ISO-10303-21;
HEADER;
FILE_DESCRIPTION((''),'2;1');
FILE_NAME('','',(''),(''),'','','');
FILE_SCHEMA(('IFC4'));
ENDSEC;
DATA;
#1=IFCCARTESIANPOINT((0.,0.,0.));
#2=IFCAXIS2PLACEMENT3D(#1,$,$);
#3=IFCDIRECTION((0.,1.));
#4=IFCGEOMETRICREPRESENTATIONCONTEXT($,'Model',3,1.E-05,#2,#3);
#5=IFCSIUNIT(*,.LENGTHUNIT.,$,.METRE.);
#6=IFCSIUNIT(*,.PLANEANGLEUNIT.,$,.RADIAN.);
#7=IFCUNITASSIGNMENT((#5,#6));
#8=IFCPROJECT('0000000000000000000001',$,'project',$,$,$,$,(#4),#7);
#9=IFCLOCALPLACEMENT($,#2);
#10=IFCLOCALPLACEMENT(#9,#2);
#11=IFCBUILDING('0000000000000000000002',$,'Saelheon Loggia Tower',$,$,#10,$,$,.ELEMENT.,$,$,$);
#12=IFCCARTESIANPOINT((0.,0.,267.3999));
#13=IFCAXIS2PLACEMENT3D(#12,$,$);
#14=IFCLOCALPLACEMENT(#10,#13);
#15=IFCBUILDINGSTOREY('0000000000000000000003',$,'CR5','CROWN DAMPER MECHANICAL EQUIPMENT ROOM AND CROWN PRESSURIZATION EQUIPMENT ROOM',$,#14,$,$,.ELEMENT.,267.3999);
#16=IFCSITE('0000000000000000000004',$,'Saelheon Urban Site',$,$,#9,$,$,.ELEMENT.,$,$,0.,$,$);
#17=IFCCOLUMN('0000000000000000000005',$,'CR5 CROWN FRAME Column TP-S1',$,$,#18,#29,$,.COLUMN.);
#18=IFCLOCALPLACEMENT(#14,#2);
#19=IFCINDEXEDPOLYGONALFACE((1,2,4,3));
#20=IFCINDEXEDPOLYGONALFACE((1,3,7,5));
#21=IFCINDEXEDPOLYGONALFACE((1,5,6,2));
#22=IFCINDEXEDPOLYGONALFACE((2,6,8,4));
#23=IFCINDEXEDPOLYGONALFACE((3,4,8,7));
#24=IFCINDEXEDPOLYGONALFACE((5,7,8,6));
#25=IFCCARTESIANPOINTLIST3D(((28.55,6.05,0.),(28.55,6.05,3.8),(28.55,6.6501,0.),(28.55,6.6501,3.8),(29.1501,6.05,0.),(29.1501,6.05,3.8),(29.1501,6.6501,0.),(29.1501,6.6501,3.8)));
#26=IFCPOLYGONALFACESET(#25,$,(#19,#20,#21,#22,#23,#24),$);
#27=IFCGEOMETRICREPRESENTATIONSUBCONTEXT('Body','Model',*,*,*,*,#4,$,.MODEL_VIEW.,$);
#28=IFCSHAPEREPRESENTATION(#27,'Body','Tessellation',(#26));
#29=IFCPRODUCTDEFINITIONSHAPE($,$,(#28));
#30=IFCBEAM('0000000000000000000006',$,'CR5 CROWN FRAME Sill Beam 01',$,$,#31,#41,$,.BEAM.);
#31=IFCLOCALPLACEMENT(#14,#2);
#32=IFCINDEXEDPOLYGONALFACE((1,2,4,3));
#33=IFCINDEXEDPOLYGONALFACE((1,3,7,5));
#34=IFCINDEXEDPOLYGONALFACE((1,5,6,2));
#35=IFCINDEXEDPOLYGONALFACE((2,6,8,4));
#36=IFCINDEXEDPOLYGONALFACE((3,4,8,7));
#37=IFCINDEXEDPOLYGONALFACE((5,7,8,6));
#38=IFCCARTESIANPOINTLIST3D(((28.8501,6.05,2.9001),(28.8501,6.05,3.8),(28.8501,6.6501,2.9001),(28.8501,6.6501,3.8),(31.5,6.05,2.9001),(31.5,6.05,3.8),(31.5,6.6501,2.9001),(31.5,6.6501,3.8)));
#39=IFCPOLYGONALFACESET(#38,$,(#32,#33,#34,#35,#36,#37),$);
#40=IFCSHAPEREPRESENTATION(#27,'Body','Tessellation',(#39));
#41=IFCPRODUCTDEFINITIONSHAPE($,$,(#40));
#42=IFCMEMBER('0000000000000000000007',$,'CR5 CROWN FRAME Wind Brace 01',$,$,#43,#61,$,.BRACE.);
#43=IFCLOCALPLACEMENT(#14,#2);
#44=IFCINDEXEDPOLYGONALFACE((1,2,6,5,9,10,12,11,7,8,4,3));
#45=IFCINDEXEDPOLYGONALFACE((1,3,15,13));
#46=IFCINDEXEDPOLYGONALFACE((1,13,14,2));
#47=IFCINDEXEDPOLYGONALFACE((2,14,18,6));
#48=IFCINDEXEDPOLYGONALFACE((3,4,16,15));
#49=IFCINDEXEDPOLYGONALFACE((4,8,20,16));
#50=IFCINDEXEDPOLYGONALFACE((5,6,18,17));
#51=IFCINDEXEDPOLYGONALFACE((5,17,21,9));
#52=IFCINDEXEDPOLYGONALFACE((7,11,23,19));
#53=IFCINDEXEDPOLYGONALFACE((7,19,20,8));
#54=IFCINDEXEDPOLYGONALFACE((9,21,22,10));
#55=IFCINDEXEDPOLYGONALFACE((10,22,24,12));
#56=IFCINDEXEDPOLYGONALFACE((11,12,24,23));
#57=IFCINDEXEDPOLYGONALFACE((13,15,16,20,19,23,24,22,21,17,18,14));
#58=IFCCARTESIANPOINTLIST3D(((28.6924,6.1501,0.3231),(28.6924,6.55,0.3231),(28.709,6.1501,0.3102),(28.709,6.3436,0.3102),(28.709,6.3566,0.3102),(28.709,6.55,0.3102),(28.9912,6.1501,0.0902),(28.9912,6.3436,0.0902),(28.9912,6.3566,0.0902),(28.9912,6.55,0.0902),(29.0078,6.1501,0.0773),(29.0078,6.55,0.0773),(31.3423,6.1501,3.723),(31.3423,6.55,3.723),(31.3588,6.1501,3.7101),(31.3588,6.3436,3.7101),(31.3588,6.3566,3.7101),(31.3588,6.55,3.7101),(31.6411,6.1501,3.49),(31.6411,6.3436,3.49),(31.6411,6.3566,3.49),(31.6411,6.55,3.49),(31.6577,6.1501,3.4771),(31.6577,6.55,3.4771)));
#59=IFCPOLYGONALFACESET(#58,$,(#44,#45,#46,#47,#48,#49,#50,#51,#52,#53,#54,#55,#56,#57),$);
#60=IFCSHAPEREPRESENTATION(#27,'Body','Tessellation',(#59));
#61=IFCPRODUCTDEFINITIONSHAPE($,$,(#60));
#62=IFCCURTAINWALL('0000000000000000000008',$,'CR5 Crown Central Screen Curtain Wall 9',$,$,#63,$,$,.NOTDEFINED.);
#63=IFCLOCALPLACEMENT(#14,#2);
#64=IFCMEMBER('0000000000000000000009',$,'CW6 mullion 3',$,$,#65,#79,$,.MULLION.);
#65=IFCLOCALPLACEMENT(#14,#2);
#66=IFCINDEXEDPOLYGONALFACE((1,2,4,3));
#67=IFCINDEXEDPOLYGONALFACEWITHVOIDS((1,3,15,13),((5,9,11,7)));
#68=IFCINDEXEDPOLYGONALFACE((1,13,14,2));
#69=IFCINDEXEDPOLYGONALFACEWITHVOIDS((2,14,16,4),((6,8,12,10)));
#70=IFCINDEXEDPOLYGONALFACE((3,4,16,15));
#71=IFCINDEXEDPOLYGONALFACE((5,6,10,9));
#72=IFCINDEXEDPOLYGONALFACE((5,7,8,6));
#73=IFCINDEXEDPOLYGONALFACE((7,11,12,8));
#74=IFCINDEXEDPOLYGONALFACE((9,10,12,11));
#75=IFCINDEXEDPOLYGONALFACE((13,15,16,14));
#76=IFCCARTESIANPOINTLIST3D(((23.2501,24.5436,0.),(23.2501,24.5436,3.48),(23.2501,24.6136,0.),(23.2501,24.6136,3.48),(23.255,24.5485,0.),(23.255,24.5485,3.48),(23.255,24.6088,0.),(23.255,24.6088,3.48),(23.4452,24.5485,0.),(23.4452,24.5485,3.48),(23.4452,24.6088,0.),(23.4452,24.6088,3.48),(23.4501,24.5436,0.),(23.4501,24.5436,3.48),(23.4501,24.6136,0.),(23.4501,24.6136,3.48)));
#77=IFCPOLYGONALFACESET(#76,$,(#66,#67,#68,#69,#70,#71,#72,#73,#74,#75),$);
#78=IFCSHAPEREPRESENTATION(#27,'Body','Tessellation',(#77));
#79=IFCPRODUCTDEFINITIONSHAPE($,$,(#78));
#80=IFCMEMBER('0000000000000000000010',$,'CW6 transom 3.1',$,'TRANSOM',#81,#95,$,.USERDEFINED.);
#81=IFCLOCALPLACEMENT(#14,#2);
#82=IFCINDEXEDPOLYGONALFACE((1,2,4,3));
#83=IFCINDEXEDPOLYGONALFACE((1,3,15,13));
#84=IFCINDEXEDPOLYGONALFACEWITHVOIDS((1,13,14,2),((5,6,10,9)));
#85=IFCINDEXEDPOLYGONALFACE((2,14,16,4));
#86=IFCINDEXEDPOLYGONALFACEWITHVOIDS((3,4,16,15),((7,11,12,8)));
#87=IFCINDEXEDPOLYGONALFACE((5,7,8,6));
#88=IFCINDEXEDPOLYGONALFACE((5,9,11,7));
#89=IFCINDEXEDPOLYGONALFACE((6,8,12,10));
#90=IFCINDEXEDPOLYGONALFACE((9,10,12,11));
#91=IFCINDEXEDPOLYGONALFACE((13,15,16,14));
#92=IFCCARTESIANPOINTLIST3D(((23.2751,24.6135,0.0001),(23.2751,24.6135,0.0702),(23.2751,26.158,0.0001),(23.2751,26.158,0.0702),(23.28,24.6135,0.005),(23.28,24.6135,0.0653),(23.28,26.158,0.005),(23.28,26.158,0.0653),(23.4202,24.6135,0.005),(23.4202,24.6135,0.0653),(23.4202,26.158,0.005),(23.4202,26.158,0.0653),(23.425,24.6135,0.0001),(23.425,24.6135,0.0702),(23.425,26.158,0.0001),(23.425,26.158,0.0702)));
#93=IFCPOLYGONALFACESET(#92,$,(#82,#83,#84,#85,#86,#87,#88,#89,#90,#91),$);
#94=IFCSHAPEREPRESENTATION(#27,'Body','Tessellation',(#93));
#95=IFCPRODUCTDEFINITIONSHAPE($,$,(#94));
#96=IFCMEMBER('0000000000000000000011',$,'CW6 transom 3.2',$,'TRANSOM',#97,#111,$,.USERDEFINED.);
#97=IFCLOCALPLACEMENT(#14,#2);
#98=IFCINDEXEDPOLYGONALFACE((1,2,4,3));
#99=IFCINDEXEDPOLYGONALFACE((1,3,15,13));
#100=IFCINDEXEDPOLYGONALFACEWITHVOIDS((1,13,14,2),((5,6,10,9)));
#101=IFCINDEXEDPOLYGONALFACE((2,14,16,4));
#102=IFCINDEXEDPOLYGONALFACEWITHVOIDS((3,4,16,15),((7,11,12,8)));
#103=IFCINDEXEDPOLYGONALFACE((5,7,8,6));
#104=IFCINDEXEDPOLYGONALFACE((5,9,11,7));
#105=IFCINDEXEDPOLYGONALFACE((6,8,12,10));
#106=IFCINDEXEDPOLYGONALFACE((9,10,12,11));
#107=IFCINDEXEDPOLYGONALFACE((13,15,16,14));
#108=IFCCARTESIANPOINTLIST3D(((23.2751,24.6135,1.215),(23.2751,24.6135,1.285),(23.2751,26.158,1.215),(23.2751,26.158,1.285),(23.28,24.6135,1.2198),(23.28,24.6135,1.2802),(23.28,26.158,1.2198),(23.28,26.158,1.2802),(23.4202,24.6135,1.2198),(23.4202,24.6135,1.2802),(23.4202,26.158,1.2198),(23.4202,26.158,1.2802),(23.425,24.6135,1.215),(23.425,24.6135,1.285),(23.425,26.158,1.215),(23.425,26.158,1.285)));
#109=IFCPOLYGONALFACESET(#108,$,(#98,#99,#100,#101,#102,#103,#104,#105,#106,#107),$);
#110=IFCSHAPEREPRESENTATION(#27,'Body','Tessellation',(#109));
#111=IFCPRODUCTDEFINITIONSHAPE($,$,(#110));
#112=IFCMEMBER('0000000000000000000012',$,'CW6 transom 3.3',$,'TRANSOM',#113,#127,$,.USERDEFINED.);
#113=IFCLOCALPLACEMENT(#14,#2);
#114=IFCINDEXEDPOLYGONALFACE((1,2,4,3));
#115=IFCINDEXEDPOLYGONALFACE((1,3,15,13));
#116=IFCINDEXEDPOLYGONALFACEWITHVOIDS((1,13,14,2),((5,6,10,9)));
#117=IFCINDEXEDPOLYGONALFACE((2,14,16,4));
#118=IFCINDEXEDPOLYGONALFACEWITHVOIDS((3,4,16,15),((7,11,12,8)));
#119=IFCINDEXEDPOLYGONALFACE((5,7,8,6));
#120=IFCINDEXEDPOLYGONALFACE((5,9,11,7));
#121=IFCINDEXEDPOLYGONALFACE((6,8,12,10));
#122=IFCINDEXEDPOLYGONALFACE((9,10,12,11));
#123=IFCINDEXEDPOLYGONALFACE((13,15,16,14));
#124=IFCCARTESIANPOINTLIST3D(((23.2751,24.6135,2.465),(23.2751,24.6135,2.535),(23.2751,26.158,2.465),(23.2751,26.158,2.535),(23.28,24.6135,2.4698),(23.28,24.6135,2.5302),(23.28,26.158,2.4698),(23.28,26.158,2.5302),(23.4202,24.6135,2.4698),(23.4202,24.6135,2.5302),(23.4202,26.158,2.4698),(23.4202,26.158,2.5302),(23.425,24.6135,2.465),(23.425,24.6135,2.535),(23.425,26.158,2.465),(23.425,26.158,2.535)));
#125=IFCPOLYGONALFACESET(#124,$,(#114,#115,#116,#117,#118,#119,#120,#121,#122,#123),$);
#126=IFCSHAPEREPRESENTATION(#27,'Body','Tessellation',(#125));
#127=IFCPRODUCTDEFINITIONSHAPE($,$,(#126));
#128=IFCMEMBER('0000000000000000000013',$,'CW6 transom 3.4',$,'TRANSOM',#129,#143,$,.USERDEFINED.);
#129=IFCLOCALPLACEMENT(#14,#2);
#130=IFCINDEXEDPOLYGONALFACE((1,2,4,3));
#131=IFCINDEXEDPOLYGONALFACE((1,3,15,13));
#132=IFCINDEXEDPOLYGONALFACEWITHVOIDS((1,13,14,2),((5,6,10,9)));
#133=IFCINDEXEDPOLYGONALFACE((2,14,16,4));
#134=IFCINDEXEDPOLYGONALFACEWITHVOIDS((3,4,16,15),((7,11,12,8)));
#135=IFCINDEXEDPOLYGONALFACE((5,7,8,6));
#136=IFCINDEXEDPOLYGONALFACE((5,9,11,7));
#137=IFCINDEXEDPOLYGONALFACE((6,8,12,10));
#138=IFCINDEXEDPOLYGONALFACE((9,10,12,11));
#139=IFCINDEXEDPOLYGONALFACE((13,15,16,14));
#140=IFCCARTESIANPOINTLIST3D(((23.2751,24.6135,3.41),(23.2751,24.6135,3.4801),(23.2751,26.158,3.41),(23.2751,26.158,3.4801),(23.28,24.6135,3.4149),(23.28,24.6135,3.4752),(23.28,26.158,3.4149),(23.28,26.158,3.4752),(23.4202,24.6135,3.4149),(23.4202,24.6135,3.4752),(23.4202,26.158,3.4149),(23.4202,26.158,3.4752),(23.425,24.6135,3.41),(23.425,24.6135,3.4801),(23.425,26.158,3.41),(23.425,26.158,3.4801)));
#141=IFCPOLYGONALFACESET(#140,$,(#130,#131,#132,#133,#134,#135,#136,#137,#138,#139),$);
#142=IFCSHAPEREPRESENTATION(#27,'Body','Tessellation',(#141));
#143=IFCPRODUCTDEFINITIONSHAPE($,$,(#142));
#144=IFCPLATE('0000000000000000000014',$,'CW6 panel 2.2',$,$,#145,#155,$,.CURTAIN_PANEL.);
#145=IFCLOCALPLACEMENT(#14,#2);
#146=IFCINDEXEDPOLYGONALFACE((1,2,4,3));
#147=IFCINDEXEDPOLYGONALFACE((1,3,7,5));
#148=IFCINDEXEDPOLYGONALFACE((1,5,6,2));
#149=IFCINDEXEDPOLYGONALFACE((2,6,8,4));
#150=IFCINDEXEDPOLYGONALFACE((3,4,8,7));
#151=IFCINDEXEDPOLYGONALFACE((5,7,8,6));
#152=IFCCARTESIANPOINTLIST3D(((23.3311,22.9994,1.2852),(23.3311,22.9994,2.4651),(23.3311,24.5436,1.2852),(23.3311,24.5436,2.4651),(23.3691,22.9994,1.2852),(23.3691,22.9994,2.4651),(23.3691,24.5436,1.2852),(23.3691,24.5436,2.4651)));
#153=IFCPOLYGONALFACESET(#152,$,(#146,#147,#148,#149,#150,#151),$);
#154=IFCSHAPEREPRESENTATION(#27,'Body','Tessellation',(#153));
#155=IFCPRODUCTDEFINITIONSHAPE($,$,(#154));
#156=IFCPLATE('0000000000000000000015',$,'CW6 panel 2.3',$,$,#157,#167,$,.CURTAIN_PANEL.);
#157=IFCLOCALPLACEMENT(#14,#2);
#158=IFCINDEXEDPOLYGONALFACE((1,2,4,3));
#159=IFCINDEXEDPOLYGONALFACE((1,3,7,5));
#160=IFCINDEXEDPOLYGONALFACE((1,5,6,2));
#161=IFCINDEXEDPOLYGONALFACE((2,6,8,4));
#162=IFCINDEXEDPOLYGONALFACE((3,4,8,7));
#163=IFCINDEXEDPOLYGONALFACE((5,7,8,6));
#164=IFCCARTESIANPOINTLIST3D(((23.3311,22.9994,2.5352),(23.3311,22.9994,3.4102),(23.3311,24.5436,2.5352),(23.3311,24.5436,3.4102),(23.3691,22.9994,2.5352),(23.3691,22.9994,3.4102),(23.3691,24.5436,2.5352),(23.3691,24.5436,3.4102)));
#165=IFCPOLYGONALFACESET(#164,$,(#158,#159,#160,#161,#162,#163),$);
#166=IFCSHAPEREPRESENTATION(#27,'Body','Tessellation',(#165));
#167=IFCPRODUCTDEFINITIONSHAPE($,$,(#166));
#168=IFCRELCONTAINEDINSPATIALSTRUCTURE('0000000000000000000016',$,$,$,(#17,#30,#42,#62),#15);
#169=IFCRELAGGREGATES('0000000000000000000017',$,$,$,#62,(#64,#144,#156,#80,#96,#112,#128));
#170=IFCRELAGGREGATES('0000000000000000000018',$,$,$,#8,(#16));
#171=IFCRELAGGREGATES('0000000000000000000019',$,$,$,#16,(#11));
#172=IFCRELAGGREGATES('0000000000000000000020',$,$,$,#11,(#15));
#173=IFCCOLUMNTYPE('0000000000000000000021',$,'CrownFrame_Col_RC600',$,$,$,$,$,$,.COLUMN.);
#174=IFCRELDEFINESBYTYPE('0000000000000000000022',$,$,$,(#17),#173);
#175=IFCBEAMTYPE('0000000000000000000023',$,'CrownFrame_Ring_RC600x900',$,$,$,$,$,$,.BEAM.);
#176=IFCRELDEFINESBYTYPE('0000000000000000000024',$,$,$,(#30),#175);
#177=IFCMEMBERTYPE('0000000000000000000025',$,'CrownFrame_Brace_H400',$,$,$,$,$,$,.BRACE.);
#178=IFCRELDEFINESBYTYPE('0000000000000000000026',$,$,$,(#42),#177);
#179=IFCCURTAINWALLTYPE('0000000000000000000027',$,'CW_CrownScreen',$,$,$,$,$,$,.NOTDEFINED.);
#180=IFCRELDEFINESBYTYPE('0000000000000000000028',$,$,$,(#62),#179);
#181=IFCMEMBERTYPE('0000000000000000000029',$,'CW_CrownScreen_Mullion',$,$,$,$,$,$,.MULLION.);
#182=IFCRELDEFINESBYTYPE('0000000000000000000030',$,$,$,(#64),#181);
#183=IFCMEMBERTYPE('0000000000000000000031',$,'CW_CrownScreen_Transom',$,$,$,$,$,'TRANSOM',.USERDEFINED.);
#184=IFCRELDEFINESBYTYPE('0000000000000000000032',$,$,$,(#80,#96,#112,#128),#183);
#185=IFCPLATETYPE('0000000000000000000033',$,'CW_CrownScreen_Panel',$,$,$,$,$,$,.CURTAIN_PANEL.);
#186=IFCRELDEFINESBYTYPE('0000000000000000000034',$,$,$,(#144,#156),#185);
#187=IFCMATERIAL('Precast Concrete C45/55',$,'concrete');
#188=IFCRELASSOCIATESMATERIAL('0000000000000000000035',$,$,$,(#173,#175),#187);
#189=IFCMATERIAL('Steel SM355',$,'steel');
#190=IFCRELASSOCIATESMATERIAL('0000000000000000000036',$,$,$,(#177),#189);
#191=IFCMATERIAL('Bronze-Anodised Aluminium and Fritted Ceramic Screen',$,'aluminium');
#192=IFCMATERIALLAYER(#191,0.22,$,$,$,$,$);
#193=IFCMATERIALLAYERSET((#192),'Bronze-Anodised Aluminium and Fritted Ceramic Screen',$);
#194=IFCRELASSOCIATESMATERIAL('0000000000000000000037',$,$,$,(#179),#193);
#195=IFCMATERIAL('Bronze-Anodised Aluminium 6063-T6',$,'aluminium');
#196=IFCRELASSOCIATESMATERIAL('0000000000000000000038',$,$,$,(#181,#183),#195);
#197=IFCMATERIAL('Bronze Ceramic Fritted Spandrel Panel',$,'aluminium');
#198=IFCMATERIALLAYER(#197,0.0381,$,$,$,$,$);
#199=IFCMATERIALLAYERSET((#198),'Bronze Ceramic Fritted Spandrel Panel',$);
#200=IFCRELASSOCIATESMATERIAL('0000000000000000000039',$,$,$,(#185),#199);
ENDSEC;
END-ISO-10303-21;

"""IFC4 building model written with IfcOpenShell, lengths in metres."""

from ifc_helpers import new_model, si_unit, direction, frame, origin, origin_2d, place, context, subcontext, project, spatial, rectangle, hollow_rectangle, i_section, extrude, source, transform, mapped, material, layer, layer_set, material_profile, profile_set, type_object, element, aggregate, save


model = new_model("IFC4")

# Units and contexts
model_context = context("Model", 3, precision=1e-05, world=origin(), true_north=direction((0.0, 1.0)))
body_context = subcontext(model_context, "Body", "Model", "MODEL_VIEW")
ifc_project = project(units=[si_unit("LENGTHUNIT", "METRE"), si_unit("PLANEANGLEUNIT", "RADIAN")], contexts=[model_context])

# Site, building, storey
site_placement = place(None, origin())
site = spatial("IfcSite", under=ifc_project, at=site_placement, Name="Saelheon Urban Site", CompositionType="ELEMENT", RefElevation=0.0)
building_placement = place(site_placement, origin())
building = spatial("IfcBuilding", under=site, at=building_placement, Name="Saelheon Loggia Tower", CompositionType="ELEMENT")
storey_placement = place(building_placement, frame((0.0, 0.0, 267.3999)))
storey = spatial("IfcBuildingStorey", under=building, at=storey_placement, Name="CR5", Description="CROWN DAMPER MECHANICAL EQUIPMENT ROOM AND CROWN PRESSURIZATION EQUIPMENT ROOM", CompositionType="ELEMENT", Elevation=267.3999)

# Column
ifc_material_1 = material(Name="Precast Concrete C45/55", Category="concrete")
ifc_material_profile_1 = material_profile(ifc_material_1, rectangle(XDim=0.6001, YDim=0.6001, at=origin_2d()), Name="RC-600x600")
ifc_profile_set_1 = profile_set([ifc_material_profile_1], Name="Precast Concrete C45/55")
column_type = type_object("IfcColumnType", Name="CrownFrame_Col_RC600", PredefinedType="COLUMN", material=ifc_profile_set_1)
shared_shape_1 = source(origin(), body_context, "Body", "SweptSolid", [
    extrude(rectangle(XDim=0.6001, YDim=0.6001, at=origin_2d()), origin(), (0.0, 0.0, 1.0), 3.8),
])
column_placement = place(storey_placement, frame((28.8501, 6.3501, 0.0), z_axis=(0.0, 0.0, 1.0), x_axis=(1.0, 0.0, 0.0)))
element("IfcColumn", 1, at=column_placement, inside=storey, type_object=column_type, Name="CR5 CROWN FRAME Column TP-S1", PredefinedType="COLUMN", context=body_context, shape_type="MappedRepresentation", body=[
    mapped(shared_shape_1, transform((0.0, 0.0, 0.0), scale=1.0)),
])

# Beam
ifc_material_profile_2 = material_profile(ifc_material_1, rectangle(XDim=0.6001, YDim=0.8999, at=origin_2d()), Name="RC-600x900")
ifc_profile_set_2 = profile_set([ifc_material_profile_2], Name="Precast Concrete C45/55")
beam_type = type_object("IfcBeamType", Name="CrownFrame_Ring_RC600x900", PredefinedType="BEAM", material=ifc_profile_set_2)
shared_shape_2 = source(origin(), body_context, "Body", "SweptSolid", [
    extrude(rectangle(XDim=0.6001, YDim=0.8999, at=origin_2d()), origin(), (0.0, 0.0, 1.0), 2.6499),
])
beam_placement = place(storey_placement, frame((28.8501, 6.3501, 3.3501), z_axis=(1.0, 0.0, 0.0), x_axis=(0.0, 1.0, 0.0)))
element("IfcBeam", 2, at=beam_placement, inside=storey, type_object=beam_type, Name="CR5 CROWN FRAME Sill Beam 01", PredefinedType="BEAM", context=body_context, shape_type="MappedRepresentation", body=[
    mapped(shared_shape_2, transform((0.0, 0.0, 0.0), scale=1.0)),
])

# Member
ifc_material_2 = material(Name="Steel SM355", Category="steel")
ifc_material_profile_3 = material_profile(ifc_material_2, i_section(OverallWidth=0.3999, OverallDepth=0.3999, WebThickness=0.0129, FlangeThickness=0.021, at=origin_2d()), Name="H-400x400x13x21")
ifc_profile_set_3 = profile_set([ifc_material_profile_3], Name="Steel SM355")
member_type_1 = type_object("IfcMemberType", Name="CrownFrame_Brace_H400", PredefinedType="BRACE", material=ifc_profile_set_3)
shared_shape_3 = source(origin(), body_context, "Body", "SweptSolid", [
    extrude(i_section(OverallWidth=0.3999, OverallDepth=0.3999, WebThickness=0.0129, FlangeThickness=0.021, at=origin_2d()), origin(), (0.0, 0.0, 1.0), 4.3105),
])
member_1_placement = place(storey_placement, frame((28.8501, 6.3501, 0.2002), z_axis=(0.61474, 0.0, 0.78873), x_axis=(0.0, 1.0, 0.0)))
element("IfcMember", 3, at=member_1_placement, inside=storey, type_object=member_type_1, Name="CR5 CROWN FRAME Wind Brace 01", PredefinedType="BRACE", context=body_context, shape_type="MappedRepresentation", body=[
    mapped(shared_shape_3, transform((0.0, 0.0, 0.0), scale=1.0)),
])

# Curtain wall, members, plates
ifc_material_3 = material(Name="Bronze-Anodised Aluminium and Fritted Ceramic Screen", Category="aluminium")
ifc_layer_1 = layer(ifc_material_3, 0.22)
ifc_layer_set_1 = layer_set([ifc_layer_1], Name="Bronze-Anodised Aluminium and Fritted Ceramic Screen")
curtain_wall_type = type_object("IfcCurtainWallType", Name="CW_CrownScreen", PredefinedType="NOTDEFINED", material=ifc_layer_set_1)
curtain_wall_placement = place(storey_placement, origin())
curtain_wall = element("IfcCurtainWall", 4, at=curtain_wall_placement, inside=storey, type_object=curtain_wall_type, Name="CR5 Crown Central Screen Curtain Wall 9", PredefinedType="NOTDEFINED")
ifc_material_4 = material(Name="Bronze-Anodised Aluminium 6063-T6", Category="aluminium")
ifc_material_profile_4 = material_profile(ifc_material_4, hollow_rectangle(XDim=0.0701, YDim=0.2, WallThickness=0.0049, at=origin_2d()), Name="RHS-200x70x5")
ifc_profile_set_4 = profile_set([ifc_material_profile_4], Name="Bronze-Anodised Aluminium 6063-T6")
member_type_2 = type_object("IfcMemberType", Name="CW_CrownScreen_Mullion", PredefinedType="MULLION", material=ifc_profile_set_4)
shared_shape_4 = source(origin(), body_context, "Body", "SweptSolid", [
    extrude(hollow_rectangle(XDim=0.0701, YDim=0.2, WallThickness=0.0049, at=origin_2d()), origin(), (0.0, 0.0, 1.0), 3.48),
])
member_2_placement = place(storey_placement, frame((23.3501, 24.5786, 0.0), z_axis=(0.0, 0.0, 1.0), x_axis=(0.0, 1.0, 0.0)))
member_2 = element("IfcMember", 5, at=member_2_placement, type_object=member_type_2, Name="CW6 mullion 3", PredefinedType="MULLION", context=body_context, shape_type="MappedRepresentation", body=[
    mapped(shared_shape_4, transform((0.0, 0.0, 0.0), scale=1.0)),
])
ifc_material_profile_5 = material_profile(ifc_material_4, hollow_rectangle(XDim=0.0701, YDim=0.1499, WallThickness=0.0049, at=origin_2d()), Name="RHS-150x70x5")
ifc_profile_set_5 = profile_set([ifc_material_profile_5], Name="Bronze-Anodised Aluminium 6063-T6")
member_type_3 = type_object("IfcMemberType", Name="CW_CrownScreen_Transom", ElementType="TRANSOM", PredefinedType="USERDEFINED", material=ifc_profile_set_5)
shared_shape_5 = source(origin(), body_context, "Body", "SweptSolid", [
    extrude(hollow_rectangle(XDim=0.0701, YDim=0.1499, WallThickness=0.0049, at=origin_2d()), origin(), (0.0, 0.0, 1.0), 1.5444),
])
member_3_placement = place(storey_placement, frame((23.3501, 24.6135, 0.0352), z_axis=(0.0, 1.0, 0.0), x_axis=(0.0, 0.0, 1.0)))
member_3 = element("IfcMember", 6, at=member_3_placement, type_object=member_type_3, Name="CW6 transom 3.1", ObjectType="TRANSOM", PredefinedType="USERDEFINED", context=body_context, shape_type="MappedRepresentation", body=[
    mapped(shared_shape_5, transform((0.0, 0.0, 0.0), scale=1.0)),
])
member_4_placement = place(storey_placement, frame((23.3501, 24.6135, 1.25), z_axis=(0.0, 1.0, 0.0), x_axis=(0.0, 0.0, 1.0)))
member_4 = element("IfcMember", 7, at=member_4_placement, type_object=member_type_3, Name="CW6 transom 3.2", ObjectType="TRANSOM", PredefinedType="USERDEFINED", context=body_context, shape_type="MappedRepresentation", body=[
    mapped(shared_shape_5, transform((0.0, 0.0, 0.0), scale=1.0)),
])
member_5_placement = place(storey_placement, frame((23.3501, 24.6135, 2.5), z_axis=(0.0, 1.0, 0.0), x_axis=(0.0, 0.0, 1.0)))
member_5 = element("IfcMember", 8, at=member_5_placement, type_object=member_type_3, Name="CW6 transom 3.3", ObjectType="TRANSOM", PredefinedType="USERDEFINED", context=body_context, shape_type="MappedRepresentation", body=[
    mapped(shared_shape_5, transform((0.0, 0.0, 0.0), scale=1.0)),
])
member_6_placement = place(storey_placement, frame((23.3501, 24.6135, 3.4451), z_axis=(0.0, 1.0, 0.0), x_axis=(0.0, 0.0, 1.0)))
member_6 = element("IfcMember", 9, at=member_6_placement, type_object=member_type_3, Name="CW6 transom 3.4", ObjectType="TRANSOM", PredefinedType="USERDEFINED", context=body_context, shape_type="MappedRepresentation", body=[
    mapped(shared_shape_5, transform((0.0, 0.0, 0.0), scale=1.0)),
])
ifc_material_5 = material(Name="Bronze Ceramic Fritted Spandrel Panel", Category="aluminium")
ifc_layer_2 = layer(ifc_material_5, 0.0381)
ifc_layer_set_2 = layer_set([ifc_layer_2], Name="Bronze Ceramic Fritted Spandrel Panel")
plate_type = type_object("IfcPlateType", Name="CW_CrownScreen_Panel", PredefinedType="CURTAIN_PANEL", material=ifc_layer_set_2)
shared_shape_6 = source(origin(), body_context, "Body", "SweptSolid", [
    extrude(rectangle(XDim=1.5442, YDim=0.0381, at=origin_2d()), origin(), (0.0, 0.0, 1.0), 1.1799),
])
plate_1_placement = place(storey_placement, frame((23.3501, 23.7715, 1.2852), z_axis=(0.0, 0.0, 1.0), x_axis=(0.0, 1.0, 0.0)))
plate_1 = element("IfcPlate", 10, at=plate_1_placement, type_object=plate_type, Name="CW6 panel 2.2", PredefinedType="CURTAIN_PANEL", context=body_context, shape_type="MappedRepresentation", body=[
    mapped(shared_shape_6, transform((0.0, 0.0, 0.0), scale=1.0)),
])
shared_shape_7 = source(origin(), body_context, "Body", "SweptSolid", [
    extrude(rectangle(XDim=1.5442, YDim=0.0381, at=origin_2d()), origin(), (0.0, 0.0, 1.0), 0.875),
])
plate_2_placement = place(storey_placement, frame((23.3501, 23.7715, 2.5352), z_axis=(0.0, 0.0, 1.0), x_axis=(0.0, 1.0, 0.0)))
plate_2 = element("IfcPlate", 11, at=plate_2_placement, type_object=plate_type, Name="CW6 panel 2.3", PredefinedType="CURTAIN_PANEL", context=body_context, shape_type="MappedRepresentation", body=[
    mapped(shared_shape_7, transform((0.0, 0.0, 0.0), scale=1.0)),
])
aggregate(curtain_wall, [member_2, plate_1, plate_2, member_3, member_4, member_5, member_6])

save(model, "model.ifc")
